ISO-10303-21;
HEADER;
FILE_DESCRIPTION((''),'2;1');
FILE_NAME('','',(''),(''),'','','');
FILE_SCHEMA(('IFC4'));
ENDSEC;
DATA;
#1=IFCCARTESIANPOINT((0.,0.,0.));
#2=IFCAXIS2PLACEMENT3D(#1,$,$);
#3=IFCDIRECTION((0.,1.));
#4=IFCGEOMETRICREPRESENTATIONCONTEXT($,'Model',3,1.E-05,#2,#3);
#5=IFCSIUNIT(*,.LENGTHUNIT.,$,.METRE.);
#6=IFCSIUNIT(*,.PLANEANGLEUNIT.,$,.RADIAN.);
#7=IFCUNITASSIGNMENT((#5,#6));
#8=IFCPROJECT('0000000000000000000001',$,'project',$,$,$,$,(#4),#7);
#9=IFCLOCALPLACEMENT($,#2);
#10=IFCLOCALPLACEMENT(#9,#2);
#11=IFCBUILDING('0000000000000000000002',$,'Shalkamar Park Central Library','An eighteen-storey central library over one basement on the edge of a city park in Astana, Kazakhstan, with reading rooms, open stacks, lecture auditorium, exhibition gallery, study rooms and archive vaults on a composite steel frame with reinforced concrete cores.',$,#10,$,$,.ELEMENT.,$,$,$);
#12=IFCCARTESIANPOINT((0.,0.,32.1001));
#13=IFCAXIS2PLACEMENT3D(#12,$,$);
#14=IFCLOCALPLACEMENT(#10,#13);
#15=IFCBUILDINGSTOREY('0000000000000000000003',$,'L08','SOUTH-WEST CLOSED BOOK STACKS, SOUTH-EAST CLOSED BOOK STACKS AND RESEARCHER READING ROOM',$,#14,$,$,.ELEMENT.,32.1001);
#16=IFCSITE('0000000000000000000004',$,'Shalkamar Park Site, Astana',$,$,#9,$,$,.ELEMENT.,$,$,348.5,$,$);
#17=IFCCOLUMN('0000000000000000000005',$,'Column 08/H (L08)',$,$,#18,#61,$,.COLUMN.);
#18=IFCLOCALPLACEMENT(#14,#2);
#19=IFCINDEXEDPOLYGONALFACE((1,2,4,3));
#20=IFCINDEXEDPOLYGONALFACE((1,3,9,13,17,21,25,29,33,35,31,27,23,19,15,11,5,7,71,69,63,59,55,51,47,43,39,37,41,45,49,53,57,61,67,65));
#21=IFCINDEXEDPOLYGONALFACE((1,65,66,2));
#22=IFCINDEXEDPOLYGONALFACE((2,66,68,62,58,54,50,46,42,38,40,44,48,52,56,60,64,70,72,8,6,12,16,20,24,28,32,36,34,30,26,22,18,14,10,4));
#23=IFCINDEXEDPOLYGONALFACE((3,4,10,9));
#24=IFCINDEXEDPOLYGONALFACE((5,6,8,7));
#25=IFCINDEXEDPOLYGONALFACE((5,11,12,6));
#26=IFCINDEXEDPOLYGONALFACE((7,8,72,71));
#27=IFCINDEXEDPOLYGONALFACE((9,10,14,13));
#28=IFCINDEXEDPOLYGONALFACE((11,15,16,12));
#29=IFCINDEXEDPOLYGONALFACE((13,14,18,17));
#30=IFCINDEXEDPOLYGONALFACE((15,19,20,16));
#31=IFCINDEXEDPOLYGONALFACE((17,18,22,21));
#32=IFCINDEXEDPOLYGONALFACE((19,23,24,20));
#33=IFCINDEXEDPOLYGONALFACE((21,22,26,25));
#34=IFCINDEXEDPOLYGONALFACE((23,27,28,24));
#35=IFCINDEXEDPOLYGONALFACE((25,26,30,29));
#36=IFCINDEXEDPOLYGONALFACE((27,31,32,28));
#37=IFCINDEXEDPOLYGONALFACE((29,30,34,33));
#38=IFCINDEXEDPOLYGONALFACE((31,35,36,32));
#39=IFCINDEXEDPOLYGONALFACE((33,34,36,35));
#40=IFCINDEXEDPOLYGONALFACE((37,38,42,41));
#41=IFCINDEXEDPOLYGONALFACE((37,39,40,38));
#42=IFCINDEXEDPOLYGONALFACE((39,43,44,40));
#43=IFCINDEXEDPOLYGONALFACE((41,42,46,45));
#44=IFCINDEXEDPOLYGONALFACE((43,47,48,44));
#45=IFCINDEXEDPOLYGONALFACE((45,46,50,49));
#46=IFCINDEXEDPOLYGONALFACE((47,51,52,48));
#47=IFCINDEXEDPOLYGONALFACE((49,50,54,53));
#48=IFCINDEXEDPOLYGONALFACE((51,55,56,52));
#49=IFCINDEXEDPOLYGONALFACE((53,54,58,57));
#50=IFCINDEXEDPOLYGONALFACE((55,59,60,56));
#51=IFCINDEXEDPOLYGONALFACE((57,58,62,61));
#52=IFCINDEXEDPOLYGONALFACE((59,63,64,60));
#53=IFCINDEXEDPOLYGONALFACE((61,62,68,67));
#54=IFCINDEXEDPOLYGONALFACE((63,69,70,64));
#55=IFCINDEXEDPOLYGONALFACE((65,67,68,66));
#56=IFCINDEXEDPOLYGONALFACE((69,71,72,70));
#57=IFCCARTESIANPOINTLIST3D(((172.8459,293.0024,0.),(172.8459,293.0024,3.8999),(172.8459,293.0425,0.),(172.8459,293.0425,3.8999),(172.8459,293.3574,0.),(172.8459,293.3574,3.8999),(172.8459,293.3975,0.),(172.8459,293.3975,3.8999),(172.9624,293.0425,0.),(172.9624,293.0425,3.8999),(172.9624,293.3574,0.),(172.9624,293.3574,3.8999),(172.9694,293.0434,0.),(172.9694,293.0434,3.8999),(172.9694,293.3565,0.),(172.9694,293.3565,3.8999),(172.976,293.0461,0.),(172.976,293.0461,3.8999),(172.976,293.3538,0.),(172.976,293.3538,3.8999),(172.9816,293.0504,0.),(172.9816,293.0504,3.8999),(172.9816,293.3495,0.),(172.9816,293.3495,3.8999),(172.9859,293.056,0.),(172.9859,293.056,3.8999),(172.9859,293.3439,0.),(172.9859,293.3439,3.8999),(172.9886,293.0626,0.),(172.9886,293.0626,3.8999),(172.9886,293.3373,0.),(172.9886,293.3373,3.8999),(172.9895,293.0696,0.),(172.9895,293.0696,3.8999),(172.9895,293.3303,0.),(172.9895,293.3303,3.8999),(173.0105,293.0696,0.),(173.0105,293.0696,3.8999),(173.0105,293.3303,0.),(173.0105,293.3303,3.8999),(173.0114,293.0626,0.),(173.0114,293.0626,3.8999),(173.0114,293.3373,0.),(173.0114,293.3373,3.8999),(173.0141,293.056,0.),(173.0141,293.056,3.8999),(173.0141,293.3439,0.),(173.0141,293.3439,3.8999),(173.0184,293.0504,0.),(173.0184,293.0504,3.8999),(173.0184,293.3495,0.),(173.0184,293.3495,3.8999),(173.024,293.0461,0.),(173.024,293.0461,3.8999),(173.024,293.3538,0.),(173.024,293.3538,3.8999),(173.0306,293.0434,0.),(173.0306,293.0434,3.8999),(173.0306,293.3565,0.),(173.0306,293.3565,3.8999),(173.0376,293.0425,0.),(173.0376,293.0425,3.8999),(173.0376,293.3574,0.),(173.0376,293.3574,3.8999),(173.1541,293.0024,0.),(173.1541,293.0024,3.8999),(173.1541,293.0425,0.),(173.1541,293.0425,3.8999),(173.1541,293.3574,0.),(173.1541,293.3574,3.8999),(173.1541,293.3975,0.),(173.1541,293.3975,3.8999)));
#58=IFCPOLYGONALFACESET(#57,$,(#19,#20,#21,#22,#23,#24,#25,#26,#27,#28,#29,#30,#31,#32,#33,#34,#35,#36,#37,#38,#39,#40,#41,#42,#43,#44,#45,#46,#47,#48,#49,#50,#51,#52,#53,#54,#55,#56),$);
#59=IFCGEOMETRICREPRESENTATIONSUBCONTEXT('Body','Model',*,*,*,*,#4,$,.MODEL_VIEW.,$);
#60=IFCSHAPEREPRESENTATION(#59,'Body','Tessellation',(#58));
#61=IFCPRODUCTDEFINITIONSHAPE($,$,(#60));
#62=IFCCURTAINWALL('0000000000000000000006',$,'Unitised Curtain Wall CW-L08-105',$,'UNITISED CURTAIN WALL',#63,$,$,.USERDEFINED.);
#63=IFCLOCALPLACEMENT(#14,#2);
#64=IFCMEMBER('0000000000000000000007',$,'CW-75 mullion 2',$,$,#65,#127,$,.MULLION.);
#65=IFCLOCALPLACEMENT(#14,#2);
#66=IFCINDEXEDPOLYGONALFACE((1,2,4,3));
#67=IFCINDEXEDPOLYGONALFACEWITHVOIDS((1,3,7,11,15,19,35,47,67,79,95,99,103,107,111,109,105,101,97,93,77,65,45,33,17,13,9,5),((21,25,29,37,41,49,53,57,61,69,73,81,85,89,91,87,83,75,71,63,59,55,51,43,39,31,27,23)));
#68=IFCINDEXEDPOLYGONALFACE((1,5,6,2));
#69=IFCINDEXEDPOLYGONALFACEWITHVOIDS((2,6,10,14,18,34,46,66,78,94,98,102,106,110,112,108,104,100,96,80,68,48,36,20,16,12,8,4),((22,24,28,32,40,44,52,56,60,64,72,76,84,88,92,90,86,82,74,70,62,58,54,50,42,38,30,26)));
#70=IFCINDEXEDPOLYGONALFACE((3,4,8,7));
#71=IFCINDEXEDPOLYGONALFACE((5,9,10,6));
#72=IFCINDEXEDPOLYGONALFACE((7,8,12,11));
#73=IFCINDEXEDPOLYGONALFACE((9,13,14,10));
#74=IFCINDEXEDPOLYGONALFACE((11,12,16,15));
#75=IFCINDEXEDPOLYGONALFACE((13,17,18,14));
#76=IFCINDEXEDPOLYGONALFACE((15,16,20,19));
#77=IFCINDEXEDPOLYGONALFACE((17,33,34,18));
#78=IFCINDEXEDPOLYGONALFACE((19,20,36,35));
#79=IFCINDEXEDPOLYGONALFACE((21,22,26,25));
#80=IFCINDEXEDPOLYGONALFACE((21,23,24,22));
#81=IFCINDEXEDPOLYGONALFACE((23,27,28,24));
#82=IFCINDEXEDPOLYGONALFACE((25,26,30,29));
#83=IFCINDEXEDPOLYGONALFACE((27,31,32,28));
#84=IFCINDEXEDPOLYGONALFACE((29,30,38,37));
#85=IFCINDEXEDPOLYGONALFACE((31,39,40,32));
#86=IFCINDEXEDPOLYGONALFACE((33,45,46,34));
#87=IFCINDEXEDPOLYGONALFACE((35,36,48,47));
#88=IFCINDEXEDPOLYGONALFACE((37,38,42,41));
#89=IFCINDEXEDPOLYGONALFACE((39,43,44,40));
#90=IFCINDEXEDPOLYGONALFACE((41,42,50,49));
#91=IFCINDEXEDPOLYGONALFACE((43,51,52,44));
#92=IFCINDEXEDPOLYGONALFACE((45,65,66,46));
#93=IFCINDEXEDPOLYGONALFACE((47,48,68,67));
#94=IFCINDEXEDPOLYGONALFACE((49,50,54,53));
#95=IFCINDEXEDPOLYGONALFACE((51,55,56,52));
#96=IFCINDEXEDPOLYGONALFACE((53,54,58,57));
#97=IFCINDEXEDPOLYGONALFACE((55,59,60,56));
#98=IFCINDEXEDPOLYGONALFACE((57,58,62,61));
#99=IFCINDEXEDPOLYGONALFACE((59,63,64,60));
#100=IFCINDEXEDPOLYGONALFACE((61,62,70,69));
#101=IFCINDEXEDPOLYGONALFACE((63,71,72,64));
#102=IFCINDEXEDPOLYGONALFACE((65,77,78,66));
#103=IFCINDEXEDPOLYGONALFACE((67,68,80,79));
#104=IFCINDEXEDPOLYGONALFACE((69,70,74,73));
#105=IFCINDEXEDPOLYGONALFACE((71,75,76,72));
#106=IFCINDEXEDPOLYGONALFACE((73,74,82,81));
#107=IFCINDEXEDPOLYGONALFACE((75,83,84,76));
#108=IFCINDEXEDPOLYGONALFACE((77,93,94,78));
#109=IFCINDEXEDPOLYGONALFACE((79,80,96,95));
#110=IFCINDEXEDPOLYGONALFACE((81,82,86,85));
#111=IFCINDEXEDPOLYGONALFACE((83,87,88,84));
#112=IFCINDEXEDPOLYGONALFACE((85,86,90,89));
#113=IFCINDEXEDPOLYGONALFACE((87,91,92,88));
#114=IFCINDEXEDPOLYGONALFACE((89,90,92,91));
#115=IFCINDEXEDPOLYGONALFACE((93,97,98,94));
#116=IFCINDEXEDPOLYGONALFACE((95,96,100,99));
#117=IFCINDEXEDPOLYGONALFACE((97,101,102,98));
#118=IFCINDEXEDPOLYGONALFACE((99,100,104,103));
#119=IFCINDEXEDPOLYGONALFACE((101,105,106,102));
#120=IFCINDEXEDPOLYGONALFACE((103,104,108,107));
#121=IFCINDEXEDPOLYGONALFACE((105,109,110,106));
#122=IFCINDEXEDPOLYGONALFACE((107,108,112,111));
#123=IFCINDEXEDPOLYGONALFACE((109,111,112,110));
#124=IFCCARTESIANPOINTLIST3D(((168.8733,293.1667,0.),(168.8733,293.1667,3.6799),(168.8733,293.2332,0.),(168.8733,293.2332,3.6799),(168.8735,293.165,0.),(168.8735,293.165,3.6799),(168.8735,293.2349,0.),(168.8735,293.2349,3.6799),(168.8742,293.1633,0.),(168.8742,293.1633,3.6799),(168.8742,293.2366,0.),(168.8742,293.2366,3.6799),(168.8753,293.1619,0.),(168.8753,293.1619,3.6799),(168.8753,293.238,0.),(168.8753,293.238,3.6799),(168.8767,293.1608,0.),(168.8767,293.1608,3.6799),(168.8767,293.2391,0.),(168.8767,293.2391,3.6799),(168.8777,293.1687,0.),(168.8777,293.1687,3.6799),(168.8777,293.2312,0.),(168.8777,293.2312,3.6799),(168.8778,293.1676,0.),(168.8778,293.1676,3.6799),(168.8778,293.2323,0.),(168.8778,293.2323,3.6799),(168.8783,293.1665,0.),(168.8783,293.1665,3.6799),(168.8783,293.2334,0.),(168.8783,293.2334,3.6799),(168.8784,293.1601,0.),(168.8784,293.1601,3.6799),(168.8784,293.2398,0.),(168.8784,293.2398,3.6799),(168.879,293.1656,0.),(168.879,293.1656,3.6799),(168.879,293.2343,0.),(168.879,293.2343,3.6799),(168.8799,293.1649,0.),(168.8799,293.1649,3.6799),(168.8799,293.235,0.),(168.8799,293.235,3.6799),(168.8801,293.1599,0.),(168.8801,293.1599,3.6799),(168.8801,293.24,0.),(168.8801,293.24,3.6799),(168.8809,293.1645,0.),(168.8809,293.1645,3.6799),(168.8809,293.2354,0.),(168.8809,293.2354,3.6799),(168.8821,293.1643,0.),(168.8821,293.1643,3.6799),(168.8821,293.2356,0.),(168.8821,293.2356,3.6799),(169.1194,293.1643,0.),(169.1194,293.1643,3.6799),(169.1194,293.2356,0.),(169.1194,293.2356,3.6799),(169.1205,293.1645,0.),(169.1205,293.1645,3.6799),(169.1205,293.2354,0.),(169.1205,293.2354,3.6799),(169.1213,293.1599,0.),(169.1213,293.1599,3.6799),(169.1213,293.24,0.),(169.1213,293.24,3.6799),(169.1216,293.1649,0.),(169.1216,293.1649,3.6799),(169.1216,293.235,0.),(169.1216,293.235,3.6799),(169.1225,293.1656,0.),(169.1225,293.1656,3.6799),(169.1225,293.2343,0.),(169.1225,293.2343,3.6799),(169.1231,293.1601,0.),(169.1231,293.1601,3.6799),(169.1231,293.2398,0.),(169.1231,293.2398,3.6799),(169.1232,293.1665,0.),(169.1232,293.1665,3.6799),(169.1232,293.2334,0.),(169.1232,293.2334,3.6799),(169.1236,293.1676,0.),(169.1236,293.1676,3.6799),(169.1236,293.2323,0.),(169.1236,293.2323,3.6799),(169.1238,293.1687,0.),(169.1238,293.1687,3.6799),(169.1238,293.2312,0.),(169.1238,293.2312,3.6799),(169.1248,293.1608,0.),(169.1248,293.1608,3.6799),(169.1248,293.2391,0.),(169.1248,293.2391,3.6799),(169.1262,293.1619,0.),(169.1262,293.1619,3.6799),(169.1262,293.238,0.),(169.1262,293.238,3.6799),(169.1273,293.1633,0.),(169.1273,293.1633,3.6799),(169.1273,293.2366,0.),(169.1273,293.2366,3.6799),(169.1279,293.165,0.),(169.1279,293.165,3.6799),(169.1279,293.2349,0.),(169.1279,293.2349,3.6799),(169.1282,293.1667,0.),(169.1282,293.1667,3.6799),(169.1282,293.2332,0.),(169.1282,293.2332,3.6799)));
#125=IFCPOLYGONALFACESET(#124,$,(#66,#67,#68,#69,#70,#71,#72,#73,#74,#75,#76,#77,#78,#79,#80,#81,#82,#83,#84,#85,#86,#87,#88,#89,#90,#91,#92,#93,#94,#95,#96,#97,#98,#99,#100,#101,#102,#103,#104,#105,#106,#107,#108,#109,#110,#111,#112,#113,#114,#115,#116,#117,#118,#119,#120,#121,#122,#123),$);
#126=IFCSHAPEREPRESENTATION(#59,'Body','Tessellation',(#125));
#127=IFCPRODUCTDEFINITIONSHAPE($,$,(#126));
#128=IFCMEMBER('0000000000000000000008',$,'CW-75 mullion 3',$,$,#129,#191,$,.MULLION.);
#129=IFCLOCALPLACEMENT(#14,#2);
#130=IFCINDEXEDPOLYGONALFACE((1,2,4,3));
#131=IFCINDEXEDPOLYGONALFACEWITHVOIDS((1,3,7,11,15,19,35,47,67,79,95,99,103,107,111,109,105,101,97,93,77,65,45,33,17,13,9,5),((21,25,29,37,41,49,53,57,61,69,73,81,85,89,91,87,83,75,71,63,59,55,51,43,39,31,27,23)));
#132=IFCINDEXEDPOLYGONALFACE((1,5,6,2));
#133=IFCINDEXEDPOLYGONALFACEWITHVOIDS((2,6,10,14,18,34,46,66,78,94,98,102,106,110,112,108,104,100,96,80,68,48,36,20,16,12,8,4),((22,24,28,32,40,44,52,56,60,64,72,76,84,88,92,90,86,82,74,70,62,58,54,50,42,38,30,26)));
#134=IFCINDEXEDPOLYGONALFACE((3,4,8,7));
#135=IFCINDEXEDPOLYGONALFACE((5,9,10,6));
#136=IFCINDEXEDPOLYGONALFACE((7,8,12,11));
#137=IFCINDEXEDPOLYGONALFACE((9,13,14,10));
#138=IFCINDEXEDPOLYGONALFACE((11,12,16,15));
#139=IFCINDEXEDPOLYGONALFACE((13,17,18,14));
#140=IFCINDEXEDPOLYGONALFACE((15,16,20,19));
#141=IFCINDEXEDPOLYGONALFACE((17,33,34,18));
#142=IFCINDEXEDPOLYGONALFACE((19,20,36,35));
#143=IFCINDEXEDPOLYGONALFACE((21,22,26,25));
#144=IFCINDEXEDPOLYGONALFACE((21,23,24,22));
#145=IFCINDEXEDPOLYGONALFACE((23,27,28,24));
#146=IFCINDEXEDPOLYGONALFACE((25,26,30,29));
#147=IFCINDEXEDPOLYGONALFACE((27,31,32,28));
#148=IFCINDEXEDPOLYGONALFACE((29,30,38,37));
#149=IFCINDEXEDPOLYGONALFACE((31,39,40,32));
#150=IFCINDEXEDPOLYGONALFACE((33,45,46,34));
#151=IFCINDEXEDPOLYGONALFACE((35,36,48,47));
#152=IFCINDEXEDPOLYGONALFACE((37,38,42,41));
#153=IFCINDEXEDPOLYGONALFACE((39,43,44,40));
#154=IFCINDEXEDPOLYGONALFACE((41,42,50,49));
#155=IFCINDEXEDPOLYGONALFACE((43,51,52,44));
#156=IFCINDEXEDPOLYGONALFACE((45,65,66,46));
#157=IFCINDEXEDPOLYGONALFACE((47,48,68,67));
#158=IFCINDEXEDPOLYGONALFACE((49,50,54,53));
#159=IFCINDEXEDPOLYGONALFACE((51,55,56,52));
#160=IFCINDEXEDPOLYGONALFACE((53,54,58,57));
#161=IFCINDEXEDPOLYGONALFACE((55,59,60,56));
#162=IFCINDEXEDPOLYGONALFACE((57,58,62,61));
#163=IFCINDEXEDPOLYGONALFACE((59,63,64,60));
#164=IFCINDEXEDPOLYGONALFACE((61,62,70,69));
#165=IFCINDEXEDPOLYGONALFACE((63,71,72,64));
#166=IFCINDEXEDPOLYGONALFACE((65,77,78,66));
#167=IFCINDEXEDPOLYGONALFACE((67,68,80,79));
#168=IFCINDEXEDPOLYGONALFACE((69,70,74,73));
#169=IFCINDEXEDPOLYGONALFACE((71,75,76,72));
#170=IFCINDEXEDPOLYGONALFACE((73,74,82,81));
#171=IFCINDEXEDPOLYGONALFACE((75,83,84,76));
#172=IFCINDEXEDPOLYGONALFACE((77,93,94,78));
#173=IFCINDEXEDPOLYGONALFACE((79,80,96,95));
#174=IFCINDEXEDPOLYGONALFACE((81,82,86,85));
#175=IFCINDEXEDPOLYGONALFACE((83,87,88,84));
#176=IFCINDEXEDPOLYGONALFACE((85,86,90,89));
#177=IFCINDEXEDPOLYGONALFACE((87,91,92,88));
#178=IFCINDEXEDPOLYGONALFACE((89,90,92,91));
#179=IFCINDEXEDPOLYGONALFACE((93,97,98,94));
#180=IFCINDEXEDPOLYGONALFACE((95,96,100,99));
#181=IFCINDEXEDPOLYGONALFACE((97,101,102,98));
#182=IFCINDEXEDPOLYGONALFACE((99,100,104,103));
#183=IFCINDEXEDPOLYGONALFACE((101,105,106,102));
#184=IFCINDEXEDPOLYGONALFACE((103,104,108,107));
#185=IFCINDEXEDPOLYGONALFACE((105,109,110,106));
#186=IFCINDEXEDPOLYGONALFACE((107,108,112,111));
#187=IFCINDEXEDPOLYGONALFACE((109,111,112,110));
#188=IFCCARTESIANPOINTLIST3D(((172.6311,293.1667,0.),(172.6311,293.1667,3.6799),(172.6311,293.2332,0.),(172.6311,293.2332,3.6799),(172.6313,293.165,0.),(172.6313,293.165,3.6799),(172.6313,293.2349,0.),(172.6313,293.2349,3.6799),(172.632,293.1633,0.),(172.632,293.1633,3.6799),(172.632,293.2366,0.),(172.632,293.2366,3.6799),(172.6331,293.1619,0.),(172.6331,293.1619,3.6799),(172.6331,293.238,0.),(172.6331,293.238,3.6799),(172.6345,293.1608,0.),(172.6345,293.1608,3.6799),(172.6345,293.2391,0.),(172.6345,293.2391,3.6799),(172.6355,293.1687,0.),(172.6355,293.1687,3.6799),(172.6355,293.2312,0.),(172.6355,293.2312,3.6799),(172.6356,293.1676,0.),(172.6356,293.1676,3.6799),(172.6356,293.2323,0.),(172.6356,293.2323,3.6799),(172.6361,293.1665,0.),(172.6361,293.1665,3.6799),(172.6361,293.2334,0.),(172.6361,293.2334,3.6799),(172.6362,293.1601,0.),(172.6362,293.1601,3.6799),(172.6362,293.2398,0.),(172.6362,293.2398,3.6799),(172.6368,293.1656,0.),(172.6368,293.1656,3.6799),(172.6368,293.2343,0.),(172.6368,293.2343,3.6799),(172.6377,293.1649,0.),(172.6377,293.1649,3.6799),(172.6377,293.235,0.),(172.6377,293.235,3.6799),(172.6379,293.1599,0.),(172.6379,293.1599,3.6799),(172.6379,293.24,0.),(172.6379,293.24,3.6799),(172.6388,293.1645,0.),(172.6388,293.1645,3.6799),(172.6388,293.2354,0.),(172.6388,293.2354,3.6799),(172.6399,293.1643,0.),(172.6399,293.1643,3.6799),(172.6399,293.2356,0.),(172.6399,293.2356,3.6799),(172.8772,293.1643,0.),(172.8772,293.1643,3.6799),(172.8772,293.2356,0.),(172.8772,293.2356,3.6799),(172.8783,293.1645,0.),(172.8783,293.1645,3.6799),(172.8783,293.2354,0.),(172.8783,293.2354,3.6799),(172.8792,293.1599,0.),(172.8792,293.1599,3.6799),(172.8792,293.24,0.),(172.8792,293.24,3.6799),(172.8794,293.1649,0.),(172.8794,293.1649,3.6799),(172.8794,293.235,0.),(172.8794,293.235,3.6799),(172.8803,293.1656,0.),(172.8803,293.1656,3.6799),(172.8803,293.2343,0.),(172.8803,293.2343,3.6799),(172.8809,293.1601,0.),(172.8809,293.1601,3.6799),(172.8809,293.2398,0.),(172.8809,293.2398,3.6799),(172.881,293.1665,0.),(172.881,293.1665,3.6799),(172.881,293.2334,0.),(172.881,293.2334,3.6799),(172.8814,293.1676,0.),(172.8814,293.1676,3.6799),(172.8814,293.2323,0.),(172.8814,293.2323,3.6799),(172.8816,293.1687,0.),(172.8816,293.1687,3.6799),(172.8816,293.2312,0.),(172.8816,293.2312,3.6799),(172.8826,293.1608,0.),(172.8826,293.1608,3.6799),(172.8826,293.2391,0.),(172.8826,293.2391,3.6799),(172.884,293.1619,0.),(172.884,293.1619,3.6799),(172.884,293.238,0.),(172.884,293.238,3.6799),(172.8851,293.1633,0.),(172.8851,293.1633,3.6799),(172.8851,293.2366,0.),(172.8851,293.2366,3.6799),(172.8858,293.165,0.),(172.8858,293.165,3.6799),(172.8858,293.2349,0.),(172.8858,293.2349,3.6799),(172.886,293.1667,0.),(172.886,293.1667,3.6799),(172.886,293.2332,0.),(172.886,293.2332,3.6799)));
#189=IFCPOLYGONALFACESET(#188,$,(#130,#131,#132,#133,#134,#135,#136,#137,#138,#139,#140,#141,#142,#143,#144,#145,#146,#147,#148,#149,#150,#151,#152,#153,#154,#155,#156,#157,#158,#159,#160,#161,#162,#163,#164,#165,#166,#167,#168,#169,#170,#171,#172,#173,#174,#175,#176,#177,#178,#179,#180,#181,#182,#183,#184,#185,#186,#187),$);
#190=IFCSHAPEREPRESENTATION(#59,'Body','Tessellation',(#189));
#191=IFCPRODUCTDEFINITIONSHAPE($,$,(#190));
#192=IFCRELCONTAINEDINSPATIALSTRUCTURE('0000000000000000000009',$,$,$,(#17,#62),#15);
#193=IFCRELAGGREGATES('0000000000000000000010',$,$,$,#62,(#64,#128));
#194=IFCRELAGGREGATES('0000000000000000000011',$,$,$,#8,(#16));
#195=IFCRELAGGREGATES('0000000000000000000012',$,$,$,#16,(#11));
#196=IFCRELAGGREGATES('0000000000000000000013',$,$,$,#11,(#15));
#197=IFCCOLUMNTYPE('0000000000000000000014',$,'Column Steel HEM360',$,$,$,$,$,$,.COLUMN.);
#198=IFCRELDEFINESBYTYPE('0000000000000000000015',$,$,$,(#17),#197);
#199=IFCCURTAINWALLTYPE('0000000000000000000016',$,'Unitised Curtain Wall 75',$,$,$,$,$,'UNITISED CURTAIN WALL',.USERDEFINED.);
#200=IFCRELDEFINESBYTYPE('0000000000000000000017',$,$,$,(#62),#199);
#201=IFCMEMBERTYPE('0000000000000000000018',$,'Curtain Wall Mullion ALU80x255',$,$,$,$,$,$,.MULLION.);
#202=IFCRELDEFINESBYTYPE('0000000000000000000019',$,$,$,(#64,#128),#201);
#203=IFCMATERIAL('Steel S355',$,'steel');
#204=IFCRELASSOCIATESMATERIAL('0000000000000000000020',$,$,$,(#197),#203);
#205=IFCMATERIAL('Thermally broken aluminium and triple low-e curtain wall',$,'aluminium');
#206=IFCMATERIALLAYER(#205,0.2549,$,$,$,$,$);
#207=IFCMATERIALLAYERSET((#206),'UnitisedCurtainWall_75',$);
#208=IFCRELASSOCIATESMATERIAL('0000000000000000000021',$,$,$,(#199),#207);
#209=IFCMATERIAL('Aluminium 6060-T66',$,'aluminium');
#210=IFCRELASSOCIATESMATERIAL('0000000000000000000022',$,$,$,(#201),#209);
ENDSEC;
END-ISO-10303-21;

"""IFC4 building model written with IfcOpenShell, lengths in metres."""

from ifc_helpers import new_model, si_unit, direction, frame, origin, origin_2d, place, context, subcontext, project, spatial, hollow_rectangle, i_section, extrude, material, layer, layer_set, material_profile, profile_set, type_object, element, aggregate, save


model = new_model("IFC4")

# Units and contexts
model_context = context("Model", 3, precision=1e-05, world=origin(), true_north=direction((0.0, 1.0)))
body_context = subcontext(model_context, "Body", "Model", "MODEL_VIEW")
ifc_project = project(units=[si_unit("LENGTHUNIT", "METRE"), si_unit("PLANEANGLEUNIT", "RADIAN")], contexts=[model_context])

# Site, building, storey
site_placement = place(None, origin())
site = spatial("IfcSite", under=ifc_project, at=site_placement, Name="Shalkamar Park Site, Astana", CompositionType="ELEMENT", RefElevation=348.5)
building_placement = place(site_placement, origin())
building = spatial("IfcBuilding", under=site, at=building_placement, Name="Shalkamar Park Central Library", Description="An eighteen-storey central library over one basement on the edge of a city park in Astana, Kazakhstan, with reading rooms, open stacks, lecture auditorium, exhibition gallery, study rooms and archive vaults on a composite steel frame with reinforced concrete cores.", CompositionType="ELEMENT")
storey_placement = place(building_placement, frame((0.0, 0.0, 32.1001)))
storey = spatial("IfcBuildingStorey", under=building, at=storey_placement, Name="L08", Description="SOUTH-WEST CLOSED BOOK STACKS, SOUTH-EAST CLOSED BOOK STACKS AND RESEARCHER READING ROOM", CompositionType="ELEMENT", Elevation=32.1001)

# Column
ifc_material_1 = material(Name="Steel S355", Category="steel")
ifc_material_profile_1 = material_profile(ifc_material_1, i_section(OverallWidth=0.3081, OverallDepth=0.395, WebThickness=0.021, FlangeThickness=0.04, FilletRadius=0.0271, at=origin_2d()), Name="HEM 360")
ifc_profile_set_1 = profile_set([ifc_material_profile_1], Name="Steel S355")
column_type = type_object("IfcColumnType", Name="Column Steel HEM360", PredefinedType="COLUMN", material=ifc_profile_set_1)
column_placement = place(storey_placement, frame((173.0, 293.2, 0.0), z_axis=(0.0, 0.0, 1.0), x_axis=(1.0, 0.0, 0.0)))
element("IfcColumn", 1, at=column_placement, inside=storey, type_object=column_type, Name="Column 08/H (L08)", PredefinedType="COLUMN", context=body_context, shape_type="SweptSolid", body=[
    extrude(i_section(OverallWidth=0.3081, OverallDepth=0.395, WebThickness=0.021, FlangeThickness=0.04, FilletRadius=0.0271, at=origin_2d()), origin(), (0.0, 0.0, 1.0), 3.8999),
])

# Curtain wall, members
ifc_material_2 = material(Name="Thermally broken aluminium and triple low-e curtain wall", Category="aluminium")
ifc_layer_1 = layer(ifc_material_2, 0.2549)
ifc_layer_set_1 = layer_set([ifc_layer_1], Name="UnitisedCurtainWall_75")
curtain_wall_type_1 = type_object("IfcCurtainWallType", Name="Unitised Curtain Wall 75", ElementType="UNITISED CURTAIN WALL", PredefinedType="USERDEFINED", material=ifc_layer_set_1)
curtain_wall_1_placement = place(storey_placement, origin())
curtain_wall_1 = element("IfcCurtainWall", 2, at=curtain_wall_1_placement, inside=storey, type_object=curtain_wall_type_1, Name="Unitised Curtain Wall CW-L08-105", ObjectType="UNITISED CURTAIN WALL", PredefinedType="USERDEFINED")
ifc_material_3 = material(Name="Aluminium 6060-T66", Category="aluminium")
ifc_material_profile_2 = material_profile(ifc_material_3, hollow_rectangle(XDim=0.0801, YDim=0.2549, WallThickness=0.0044, InnerFilletRadius=0.0044, OuterFilletRadius=0.0068, at=origin_2d()), Name="ALU 80x255x4.5")
ifc_profile_set_2 = profile_set([ifc_material_profile_2], Name="Aluminium 6060-T66")
member_type_1 = type_object("IfcMemberType", Name="Curtain Wall Mullion ALU80x255", PredefinedType="MULLION", material=ifc_profile_set_2)
member_1_placement = place(storey_placement, frame((169.0007, 293.2, 0.0), z_axis=(0.0, 0.0, 1.0), x_axis=(0.0, 1.0, 0.0)))
member_1 = element("IfcMember", 3, at=member_1_placement, type_object=member_type_1, Name="CW-75 mullion 2", PredefinedType="MULLION", context=body_context, shape_type="SweptSolid", body=[
    extrude(hollow_rectangle(XDim=0.0801, YDim=0.2549, WallThickness=0.0044, InnerFilletRadius=0.0044, OuterFilletRadius=0.0068, at=origin_2d()), origin(), (0.0, 0.0, 1.0), 3.6799),
])
member_2_placement = place(storey_placement, frame((172.7585, 293.2, 0.0), z_axis=(0.0, 0.0, 1.0), x_axis=(0.0, 1.0, 0.0)))
member_2 = element("IfcMember", 4, at=member_2_placement, type_object=member_type_1, Name="CW-75 mullion 3", PredefinedType="MULLION", context=body_context, shape_type="SweptSolid", body=[
    extrude(hollow_rectangle(XDim=0.0801, YDim=0.2549, WallThickness=0.0044, InnerFilletRadius=0.0044, OuterFilletRadius=0.0068, at=origin_2d()), origin(), (0.0, 0.0, 1.0), 3.6799),
])

aggregate(curtain_wall_1, [member_1, member_2])

save(model, "model.ifc")
